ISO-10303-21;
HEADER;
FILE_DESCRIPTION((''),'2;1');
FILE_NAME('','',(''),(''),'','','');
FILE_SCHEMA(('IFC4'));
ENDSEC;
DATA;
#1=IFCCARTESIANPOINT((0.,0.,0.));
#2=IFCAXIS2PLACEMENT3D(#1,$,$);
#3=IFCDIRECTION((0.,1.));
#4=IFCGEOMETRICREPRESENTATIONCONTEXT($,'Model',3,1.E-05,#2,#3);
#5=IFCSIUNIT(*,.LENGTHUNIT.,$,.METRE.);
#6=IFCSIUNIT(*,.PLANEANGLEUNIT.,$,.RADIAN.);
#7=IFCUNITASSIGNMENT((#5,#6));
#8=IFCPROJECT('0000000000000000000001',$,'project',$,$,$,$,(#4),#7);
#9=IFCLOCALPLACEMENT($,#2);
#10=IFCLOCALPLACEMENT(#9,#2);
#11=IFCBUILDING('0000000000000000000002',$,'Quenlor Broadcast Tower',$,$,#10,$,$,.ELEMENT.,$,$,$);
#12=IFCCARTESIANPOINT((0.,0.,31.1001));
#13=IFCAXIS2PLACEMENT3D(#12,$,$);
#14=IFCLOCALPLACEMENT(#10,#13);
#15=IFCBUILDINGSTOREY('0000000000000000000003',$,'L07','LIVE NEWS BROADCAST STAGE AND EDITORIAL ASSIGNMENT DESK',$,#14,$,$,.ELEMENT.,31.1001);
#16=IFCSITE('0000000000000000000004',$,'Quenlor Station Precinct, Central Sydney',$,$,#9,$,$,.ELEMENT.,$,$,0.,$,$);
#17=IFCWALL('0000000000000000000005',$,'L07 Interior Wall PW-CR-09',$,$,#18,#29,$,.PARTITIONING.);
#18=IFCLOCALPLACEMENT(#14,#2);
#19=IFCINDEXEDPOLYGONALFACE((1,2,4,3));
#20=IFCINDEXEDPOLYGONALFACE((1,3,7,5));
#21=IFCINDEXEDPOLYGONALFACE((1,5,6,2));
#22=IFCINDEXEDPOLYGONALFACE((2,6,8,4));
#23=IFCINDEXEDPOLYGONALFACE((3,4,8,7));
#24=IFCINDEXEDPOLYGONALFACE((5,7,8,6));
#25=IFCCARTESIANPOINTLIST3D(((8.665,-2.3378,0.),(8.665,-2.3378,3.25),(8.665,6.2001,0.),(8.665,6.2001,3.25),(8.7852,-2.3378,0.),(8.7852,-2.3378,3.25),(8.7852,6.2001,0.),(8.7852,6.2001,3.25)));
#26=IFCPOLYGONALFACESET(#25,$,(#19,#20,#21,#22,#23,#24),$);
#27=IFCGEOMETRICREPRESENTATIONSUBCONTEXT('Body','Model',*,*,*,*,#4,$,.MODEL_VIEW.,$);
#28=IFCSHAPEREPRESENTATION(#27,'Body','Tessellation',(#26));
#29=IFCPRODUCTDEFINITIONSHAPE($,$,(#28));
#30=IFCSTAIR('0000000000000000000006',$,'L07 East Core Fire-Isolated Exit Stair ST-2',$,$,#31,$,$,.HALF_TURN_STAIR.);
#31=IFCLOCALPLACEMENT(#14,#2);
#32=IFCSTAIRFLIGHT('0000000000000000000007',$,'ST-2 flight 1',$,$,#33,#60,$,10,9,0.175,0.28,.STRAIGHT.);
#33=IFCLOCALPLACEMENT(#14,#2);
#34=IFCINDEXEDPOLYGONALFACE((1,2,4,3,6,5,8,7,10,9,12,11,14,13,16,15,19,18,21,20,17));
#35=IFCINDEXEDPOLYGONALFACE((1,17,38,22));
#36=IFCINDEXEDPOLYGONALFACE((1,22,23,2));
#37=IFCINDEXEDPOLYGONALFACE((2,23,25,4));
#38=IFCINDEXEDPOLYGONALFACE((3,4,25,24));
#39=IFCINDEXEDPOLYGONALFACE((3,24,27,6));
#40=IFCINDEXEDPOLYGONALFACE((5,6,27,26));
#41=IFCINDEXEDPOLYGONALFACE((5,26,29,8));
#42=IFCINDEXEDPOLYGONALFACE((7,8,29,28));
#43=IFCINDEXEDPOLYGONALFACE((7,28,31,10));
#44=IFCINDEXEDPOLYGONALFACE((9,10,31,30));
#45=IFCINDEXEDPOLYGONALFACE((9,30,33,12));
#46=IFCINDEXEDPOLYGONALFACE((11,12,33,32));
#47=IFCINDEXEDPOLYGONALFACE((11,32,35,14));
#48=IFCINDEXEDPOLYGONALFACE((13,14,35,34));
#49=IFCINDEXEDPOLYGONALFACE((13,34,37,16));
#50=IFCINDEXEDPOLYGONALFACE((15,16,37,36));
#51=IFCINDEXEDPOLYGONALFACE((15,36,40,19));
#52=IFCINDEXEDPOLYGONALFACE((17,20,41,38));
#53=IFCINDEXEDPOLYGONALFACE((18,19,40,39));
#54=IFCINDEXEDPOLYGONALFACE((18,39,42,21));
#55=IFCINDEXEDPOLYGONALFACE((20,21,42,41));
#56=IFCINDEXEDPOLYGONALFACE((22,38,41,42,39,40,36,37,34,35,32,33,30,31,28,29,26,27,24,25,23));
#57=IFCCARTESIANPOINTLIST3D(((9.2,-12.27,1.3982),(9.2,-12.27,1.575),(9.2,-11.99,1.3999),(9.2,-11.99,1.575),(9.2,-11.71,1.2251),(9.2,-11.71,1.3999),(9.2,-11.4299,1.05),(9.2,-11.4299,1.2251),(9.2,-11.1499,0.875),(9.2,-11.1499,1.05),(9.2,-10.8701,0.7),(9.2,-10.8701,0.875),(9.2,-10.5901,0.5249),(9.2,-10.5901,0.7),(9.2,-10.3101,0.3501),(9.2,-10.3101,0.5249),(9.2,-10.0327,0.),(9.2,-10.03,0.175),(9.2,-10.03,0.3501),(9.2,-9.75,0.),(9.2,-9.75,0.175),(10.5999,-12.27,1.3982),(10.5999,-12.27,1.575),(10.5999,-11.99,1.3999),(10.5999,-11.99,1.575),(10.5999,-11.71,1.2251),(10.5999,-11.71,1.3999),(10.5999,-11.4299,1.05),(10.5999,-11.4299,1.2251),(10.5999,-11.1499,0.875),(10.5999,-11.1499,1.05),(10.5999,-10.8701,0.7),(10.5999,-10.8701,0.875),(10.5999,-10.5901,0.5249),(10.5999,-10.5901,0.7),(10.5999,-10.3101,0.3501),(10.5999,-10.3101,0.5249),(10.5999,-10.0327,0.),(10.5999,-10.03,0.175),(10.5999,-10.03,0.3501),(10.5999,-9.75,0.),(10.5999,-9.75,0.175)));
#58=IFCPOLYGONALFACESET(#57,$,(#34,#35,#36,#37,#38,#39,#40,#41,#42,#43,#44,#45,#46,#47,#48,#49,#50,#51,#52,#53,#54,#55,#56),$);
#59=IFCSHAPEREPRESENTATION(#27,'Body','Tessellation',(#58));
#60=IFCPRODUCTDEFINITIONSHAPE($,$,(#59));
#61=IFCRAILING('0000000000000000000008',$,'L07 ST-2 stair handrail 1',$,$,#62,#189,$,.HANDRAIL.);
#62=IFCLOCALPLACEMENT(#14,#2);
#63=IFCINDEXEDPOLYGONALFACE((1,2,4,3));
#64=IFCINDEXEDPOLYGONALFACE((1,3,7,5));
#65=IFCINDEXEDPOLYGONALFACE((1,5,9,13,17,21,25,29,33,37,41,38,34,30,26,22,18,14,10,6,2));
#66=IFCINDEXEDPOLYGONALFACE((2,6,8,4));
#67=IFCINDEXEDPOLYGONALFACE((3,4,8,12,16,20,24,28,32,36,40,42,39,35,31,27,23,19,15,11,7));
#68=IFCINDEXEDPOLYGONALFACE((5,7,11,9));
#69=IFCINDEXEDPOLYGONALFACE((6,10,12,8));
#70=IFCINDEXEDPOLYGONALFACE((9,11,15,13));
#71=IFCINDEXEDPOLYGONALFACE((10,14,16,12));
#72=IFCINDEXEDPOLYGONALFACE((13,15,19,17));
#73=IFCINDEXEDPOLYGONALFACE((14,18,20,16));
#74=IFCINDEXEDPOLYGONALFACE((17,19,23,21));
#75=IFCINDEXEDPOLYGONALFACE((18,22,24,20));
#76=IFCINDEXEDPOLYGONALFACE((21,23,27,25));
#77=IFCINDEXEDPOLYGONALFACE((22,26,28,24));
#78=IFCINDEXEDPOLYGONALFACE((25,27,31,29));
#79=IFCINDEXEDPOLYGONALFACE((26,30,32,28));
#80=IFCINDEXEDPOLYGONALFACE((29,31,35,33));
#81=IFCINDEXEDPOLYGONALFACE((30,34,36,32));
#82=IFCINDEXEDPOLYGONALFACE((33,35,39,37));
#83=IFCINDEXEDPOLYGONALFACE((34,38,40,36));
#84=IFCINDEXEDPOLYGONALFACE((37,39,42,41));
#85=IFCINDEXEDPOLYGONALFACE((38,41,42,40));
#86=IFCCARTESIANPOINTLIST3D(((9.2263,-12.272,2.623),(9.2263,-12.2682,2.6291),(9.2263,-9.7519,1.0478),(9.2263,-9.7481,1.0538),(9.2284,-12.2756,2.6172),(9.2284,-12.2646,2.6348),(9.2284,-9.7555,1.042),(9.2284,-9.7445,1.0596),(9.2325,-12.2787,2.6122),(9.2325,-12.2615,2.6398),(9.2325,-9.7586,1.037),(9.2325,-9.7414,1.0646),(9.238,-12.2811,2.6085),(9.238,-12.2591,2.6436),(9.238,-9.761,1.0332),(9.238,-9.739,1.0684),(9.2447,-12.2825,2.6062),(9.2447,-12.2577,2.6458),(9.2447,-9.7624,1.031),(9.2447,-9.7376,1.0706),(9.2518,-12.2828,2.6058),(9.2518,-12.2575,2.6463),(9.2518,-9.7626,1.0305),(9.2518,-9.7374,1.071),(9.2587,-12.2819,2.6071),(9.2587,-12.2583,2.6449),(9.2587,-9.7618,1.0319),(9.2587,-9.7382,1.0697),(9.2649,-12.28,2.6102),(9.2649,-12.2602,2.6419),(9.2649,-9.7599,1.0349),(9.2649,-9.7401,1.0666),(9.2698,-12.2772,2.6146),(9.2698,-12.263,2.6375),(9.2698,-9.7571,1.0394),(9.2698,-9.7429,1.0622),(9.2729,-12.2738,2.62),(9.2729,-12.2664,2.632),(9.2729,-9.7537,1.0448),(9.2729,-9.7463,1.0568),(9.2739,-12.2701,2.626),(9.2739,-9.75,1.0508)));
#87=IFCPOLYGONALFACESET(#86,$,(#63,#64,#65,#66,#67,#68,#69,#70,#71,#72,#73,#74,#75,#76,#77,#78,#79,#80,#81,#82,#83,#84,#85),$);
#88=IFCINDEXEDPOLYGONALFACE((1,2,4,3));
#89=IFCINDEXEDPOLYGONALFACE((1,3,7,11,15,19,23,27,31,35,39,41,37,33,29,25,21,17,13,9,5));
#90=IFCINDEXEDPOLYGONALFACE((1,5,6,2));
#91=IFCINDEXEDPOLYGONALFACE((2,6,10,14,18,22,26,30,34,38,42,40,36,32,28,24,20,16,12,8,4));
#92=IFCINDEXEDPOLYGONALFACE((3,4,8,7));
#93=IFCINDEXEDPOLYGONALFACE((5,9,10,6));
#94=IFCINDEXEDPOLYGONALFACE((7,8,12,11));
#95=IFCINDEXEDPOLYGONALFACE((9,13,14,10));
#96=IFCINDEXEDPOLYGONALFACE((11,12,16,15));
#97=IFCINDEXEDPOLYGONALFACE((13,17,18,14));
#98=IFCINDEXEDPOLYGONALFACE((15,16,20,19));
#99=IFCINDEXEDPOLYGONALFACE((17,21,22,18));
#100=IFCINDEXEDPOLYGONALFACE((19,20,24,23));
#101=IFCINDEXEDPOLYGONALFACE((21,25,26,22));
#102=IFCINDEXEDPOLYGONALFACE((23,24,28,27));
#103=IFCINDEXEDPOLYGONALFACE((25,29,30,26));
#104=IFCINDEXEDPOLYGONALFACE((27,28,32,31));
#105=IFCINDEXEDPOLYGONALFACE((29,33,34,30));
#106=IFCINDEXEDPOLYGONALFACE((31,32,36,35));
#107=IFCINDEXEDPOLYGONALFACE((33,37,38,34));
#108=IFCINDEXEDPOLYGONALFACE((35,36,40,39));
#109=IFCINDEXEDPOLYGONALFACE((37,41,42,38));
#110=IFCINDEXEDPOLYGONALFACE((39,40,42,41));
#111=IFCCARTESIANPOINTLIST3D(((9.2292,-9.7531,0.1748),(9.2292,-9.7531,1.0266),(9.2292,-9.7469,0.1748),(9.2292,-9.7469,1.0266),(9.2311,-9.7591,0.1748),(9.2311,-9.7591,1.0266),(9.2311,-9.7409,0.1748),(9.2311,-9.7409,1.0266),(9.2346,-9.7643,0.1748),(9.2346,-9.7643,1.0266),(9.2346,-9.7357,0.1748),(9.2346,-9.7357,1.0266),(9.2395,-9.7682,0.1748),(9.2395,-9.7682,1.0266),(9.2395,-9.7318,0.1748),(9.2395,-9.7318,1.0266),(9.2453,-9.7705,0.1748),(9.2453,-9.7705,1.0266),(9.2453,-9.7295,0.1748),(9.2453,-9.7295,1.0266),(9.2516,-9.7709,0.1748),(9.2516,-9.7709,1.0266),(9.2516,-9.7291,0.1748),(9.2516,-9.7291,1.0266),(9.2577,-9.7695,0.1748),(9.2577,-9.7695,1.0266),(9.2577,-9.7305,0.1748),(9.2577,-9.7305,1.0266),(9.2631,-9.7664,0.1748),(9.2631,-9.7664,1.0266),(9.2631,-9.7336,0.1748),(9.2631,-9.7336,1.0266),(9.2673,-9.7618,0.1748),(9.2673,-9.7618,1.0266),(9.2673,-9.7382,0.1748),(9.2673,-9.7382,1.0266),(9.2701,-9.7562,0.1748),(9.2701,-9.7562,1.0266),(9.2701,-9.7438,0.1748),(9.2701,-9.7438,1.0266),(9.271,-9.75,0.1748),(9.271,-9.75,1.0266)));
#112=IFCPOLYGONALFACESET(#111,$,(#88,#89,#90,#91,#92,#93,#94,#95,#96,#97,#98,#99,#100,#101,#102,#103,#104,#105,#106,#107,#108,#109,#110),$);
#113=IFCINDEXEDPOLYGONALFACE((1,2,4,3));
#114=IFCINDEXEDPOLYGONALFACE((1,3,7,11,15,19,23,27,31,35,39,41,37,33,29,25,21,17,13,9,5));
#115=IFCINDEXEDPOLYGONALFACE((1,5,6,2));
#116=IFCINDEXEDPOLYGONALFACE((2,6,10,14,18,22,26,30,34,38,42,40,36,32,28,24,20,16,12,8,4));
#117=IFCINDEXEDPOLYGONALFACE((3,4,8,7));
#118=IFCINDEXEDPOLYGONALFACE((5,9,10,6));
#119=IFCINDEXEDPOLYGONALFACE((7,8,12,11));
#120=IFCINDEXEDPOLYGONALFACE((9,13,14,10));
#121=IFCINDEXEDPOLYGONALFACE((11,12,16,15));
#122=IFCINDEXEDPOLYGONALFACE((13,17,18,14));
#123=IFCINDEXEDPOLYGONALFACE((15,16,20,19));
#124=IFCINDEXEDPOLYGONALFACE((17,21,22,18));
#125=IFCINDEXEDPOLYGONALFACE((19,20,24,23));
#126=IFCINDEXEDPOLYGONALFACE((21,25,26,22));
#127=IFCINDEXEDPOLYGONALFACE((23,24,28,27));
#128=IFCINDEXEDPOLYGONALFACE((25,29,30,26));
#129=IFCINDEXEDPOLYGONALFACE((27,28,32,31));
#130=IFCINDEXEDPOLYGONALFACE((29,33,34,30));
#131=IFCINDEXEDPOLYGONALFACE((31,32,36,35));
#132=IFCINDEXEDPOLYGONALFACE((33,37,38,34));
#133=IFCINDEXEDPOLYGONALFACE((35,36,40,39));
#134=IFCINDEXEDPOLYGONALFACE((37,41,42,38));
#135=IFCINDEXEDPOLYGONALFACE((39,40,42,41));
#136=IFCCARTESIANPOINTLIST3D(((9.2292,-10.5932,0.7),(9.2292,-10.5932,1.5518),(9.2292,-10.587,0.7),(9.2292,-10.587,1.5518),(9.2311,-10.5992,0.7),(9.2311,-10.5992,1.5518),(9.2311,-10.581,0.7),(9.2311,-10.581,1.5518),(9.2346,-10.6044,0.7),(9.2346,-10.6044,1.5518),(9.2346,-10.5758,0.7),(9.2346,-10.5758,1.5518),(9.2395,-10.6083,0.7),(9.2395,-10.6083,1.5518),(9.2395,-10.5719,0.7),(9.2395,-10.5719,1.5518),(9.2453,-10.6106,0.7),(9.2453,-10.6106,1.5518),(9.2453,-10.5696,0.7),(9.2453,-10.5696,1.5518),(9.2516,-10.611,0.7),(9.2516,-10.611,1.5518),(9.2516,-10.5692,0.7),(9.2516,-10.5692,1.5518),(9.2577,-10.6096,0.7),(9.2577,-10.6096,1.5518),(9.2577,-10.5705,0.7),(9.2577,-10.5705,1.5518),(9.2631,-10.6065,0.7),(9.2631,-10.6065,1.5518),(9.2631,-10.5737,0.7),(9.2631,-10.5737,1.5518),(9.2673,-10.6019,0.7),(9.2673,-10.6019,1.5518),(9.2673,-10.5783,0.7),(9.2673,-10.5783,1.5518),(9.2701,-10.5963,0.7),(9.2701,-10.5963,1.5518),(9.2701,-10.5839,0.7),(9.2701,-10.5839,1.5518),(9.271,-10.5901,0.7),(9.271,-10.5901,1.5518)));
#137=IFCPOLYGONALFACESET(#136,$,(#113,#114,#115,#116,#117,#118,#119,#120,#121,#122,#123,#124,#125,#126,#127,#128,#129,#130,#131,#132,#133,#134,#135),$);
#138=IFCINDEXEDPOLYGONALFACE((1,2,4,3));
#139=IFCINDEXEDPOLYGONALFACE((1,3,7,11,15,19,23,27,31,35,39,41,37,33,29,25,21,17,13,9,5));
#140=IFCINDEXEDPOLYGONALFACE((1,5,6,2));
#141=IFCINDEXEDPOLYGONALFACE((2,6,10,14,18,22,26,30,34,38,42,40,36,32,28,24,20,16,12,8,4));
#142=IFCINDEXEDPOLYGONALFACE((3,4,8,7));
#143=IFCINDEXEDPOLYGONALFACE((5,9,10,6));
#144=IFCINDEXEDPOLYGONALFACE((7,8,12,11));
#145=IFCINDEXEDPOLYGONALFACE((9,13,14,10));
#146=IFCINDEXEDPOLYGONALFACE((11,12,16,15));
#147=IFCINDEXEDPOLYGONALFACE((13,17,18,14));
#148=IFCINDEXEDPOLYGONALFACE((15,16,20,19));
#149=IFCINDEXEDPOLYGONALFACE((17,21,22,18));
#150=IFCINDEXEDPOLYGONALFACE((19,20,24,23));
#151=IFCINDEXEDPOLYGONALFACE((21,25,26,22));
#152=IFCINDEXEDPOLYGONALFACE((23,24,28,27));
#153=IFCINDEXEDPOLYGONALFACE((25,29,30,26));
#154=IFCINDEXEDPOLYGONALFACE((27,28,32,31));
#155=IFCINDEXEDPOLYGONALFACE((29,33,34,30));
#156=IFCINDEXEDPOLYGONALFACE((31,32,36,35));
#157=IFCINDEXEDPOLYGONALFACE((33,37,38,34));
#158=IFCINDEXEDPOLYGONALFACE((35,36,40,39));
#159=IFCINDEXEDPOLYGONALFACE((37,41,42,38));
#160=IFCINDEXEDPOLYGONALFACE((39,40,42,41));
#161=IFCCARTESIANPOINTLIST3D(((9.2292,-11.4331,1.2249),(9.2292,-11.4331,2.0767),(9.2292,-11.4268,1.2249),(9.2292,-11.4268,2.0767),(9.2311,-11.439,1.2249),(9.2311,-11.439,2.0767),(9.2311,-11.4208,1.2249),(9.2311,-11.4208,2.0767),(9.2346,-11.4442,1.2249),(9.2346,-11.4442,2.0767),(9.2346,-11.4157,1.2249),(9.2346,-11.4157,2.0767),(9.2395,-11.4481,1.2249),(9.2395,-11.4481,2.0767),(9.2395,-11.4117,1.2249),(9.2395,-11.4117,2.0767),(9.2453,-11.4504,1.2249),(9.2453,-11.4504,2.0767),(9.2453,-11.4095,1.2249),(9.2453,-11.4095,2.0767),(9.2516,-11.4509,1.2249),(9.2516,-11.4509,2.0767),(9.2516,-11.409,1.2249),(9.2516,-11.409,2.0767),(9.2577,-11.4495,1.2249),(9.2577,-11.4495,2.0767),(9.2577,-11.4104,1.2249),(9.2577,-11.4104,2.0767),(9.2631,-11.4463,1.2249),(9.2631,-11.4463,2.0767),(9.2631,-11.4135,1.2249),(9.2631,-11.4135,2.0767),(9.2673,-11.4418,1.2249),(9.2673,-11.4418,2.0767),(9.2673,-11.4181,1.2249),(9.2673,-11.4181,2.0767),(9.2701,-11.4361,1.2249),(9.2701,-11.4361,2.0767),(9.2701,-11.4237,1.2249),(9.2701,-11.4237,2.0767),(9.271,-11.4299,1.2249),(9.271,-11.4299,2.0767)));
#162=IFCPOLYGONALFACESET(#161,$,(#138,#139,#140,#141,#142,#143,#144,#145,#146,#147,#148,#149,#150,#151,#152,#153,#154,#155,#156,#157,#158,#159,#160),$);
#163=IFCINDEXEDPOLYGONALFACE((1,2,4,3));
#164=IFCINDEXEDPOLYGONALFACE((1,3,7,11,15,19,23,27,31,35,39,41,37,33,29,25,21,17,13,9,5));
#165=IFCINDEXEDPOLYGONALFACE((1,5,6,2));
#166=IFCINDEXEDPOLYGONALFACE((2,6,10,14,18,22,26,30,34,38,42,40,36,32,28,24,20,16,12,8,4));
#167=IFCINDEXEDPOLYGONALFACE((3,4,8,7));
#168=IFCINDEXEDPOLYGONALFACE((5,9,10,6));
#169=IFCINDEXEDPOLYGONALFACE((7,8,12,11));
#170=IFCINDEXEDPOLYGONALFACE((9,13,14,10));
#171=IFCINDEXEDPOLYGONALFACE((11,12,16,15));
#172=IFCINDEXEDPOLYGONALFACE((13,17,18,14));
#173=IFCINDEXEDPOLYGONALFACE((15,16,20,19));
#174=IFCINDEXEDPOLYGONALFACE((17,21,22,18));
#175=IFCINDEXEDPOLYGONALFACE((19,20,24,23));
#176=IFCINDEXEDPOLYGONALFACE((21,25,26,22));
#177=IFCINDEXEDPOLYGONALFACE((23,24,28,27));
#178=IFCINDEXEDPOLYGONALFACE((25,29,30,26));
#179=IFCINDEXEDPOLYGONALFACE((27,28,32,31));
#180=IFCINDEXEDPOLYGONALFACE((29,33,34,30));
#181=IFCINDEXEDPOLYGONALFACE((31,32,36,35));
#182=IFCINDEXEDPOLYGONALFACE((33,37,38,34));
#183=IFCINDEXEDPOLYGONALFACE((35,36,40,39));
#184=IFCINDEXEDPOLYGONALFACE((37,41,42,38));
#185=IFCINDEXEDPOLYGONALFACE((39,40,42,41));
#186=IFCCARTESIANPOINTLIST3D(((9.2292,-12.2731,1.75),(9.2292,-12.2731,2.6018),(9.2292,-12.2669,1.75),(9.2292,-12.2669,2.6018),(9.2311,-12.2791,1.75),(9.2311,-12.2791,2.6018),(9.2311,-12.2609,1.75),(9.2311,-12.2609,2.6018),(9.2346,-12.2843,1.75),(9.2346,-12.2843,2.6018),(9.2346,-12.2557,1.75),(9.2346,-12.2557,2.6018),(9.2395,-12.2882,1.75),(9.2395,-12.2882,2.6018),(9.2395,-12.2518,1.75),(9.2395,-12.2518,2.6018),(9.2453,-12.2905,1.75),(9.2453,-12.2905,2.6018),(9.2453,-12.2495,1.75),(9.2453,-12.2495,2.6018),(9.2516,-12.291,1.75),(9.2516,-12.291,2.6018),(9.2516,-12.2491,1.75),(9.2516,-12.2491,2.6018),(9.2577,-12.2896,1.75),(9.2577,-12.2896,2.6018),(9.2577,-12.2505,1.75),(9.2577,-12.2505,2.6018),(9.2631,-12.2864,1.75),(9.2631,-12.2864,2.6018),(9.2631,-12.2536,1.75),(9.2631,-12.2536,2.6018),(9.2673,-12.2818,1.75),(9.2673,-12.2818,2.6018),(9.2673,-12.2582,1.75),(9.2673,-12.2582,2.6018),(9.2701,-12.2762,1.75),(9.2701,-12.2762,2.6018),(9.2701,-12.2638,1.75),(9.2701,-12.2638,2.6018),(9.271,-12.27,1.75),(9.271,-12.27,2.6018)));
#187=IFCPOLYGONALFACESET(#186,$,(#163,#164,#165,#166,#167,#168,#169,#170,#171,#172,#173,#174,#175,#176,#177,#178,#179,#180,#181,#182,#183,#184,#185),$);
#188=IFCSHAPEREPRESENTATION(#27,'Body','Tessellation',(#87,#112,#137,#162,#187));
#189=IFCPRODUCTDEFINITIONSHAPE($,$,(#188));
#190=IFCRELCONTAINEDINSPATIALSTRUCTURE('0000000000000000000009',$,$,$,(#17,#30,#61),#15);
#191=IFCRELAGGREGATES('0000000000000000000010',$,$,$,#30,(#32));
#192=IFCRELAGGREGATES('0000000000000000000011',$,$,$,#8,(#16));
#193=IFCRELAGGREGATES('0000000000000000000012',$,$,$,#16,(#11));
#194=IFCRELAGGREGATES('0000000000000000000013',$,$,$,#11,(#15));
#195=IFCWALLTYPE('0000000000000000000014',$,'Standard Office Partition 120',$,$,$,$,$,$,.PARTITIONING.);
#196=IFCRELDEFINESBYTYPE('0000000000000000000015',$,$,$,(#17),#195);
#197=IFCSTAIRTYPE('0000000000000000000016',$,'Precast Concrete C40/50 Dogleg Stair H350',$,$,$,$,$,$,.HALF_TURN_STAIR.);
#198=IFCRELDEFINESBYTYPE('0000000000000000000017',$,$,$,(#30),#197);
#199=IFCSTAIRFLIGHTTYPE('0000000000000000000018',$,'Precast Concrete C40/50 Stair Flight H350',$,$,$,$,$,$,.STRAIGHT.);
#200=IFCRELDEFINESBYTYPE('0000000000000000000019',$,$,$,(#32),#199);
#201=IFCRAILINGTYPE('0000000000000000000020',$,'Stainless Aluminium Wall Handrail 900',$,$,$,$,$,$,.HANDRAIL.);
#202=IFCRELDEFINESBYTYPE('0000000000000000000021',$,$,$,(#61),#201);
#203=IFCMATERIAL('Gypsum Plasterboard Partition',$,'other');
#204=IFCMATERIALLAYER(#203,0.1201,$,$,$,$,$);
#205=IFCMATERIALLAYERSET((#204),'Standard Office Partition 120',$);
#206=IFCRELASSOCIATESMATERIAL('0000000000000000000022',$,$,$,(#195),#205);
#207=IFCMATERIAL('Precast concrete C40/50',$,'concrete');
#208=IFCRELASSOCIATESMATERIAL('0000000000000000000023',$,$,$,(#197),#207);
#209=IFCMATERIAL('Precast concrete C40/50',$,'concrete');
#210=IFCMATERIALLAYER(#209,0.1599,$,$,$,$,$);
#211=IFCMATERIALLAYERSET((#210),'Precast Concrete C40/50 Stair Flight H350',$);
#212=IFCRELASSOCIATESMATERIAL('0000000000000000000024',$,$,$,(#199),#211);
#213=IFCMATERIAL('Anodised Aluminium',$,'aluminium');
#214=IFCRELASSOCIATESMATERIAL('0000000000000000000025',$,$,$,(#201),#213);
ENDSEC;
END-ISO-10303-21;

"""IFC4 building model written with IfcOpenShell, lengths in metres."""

from ifc_helpers import new_model, si_unit, direction, frame, frame_2d, origin, origin_2d, place, context, subcontext, project, spatial, polyline, rectangle, circle, outline, extrude, material, layer, layer_set, type_object, element, aggregate, save


model = new_model("IFC4")

# Units and contexts
model_context = context("Model", 3, precision=1e-05, world=origin(), true_north=direction((0.0, 1.0)))
body_context = subcontext(model_context, "Body", "Model", "MODEL_VIEW")
ifc_project = project(units=[si_unit("LENGTHUNIT", "METRE"), si_unit("PLANEANGLEUNIT", "RADIAN")], contexts=[model_context])

# Site, building, storey
site_placement = place(None, origin())
site = spatial("IfcSite", under=ifc_project, at=site_placement, Name="Quenlor Station Precinct, Central Sydney", CompositionType="ELEMENT", RefElevation=0.0)
building_placement = place(site_placement, origin())
building = spatial("IfcBuilding", under=site, at=building_placement, Name="Quenlor Broadcast Tower", CompositionType="ELEMENT")
storey_placement = place(building_placement, frame((0.0, 0.0, 31.1001)))
storey = spatial("IfcBuildingStorey", under=building, at=storey_placement, Name="L07", Description="LIVE NEWS BROADCAST STAGE AND EDITORIAL ASSIGNMENT DESK", CompositionType="ELEMENT", Elevation=31.1001)

# Wall
ifc_material_1 = material(Name="Gypsum Plasterboard Partition", Category="other")
ifc_layer_1 = layer(ifc_material_1, 0.1201)
ifc_layer_set_1 = layer_set([ifc_layer_1], Name="Standard Office Partition 120")
wall_type_1 = type_object("IfcWallType", Name="Standard Office Partition 120", PredefinedType="PARTITIONING", material=ifc_layer_set_1)
wall_1_placement = place(storey_placement, frame((8.7251, -2.3379, 0.0), z_axis=(0.0, 0.0, 1.0), x_axis=(0.0, 1.0, 0.0)))
element("IfcWall", 1, at=wall_1_placement, inside=storey, type_object=wall_type_1, Name="L07 Interior Wall PW-CR-09", PredefinedType="PARTITIONING", context=body_context, shape_type="SweptSolid", body=[
    extrude(rectangle(XDim=8.5378, YDim=0.1201, at=frame_2d((4.269, 0.0))), origin(), (0.0, 0.0, 1.0), 3.25),
])

# Stair, stair flight
ifc_material_2 = material(Name="Precast concrete C40/50", Category="concrete")
stair_type = type_object("IfcStairType", Name="Precast Concrete C40/50 Dogleg Stair H350", PredefinedType="HALF_TURN_STAIR", material=ifc_material_2)
stair_placement = place(storey_placement, origin())
stair = element("IfcStair", 2, at=stair_placement, inside=storey, type_object=stair_type, Name="L07 East Core Fire-Isolated Exit Stair ST-2", PredefinedType="HALF_TURN_STAIR")
ifc_material_3 = material(Name="Precast concrete C40/50", Category="concrete")
ifc_layer_2 = layer(ifc_material_3, 0.1599)
ifc_layer_set_2 = layer_set([ifc_layer_2], Name="Precast Concrete C40/50 Stair Flight H350")
stair_flight_type = type_object("IfcStairFlightType", Name="Precast Concrete C40/50 Stair Flight H350", PredefinedType="STRAIGHT", material=ifc_layer_set_2)
stair_flight_placement = place(storey_placement, frame((9.8999, -9.75, 0.0), z_axis=(0.0, 0.0, 1.0), x_axis=(0.0, -1.0, 0.0)))
stair_flight = element("IfcStairFlight", 3, at=stair_flight_placement, type_object=stair_flight_type, Name="ST-2 flight 1", NumberOfRisers=10, NumberOfTreads=9, PredefinedType="STRAIGHT", RiserHeight=0.175, TreadLength=0.28, context=body_context, shape_type="SweptSolid", body=[
    extrude(outline(polyline([(0.0, 0.0), (0.0, 0.175), (0.28, 0.175), (0.28, 0.3501), (0.5601, 0.3501), (0.5601, 0.5249), (0.8401, 0.5249), (0.8401, 0.7), (1.1201, 0.7), (1.1201, 0.875), (1.3999, 0.875), (1.3999, 1.05), (1.6799, 1.05), (1.6799, 1.2251), (1.96, 1.2251), (1.96, 1.3999), (2.24, 1.3999), (2.24, 1.575), (2.52, 1.575), (2.52, 1.75), (2.52, 1.3982), (0.2827, 0.0), (0.0, 0.0)])), frame((0.0, 0.7, 0.0), z_axis=(0.0, -1.0, 0.0), x_axis=(1.0, 0.0, 0.0)), (0.0, 0.0, 1.0), 1.3999),
])
aggregate(stair, [stair_flight])

# Railing
ifc_material_4 = material(Name="Anodised Aluminium", Category="aluminium")
railing_type = type_object("IfcRailingType", Name="Stainless Aluminium Wall Handrail 900", PredefinedType="HANDRAIL", material=ifc_material_4)
railing_placement = place(storey_placement, frame((9.25, -9.75, 0.1748)))
element("IfcRailing", 4, at=railing_placement, inside=storey, type_object=railing_type, Name="L07 ST-2 stair handrail 1", PredefinedType="HANDRAIL", context=body_context, shape_type="SweptSolid", body=[
    extrude(circle(Radius=0.0239, at=origin_2d()), frame((0.0, 0.0, 0.876), z_axis=(0.0, -0.847971, 0.530043), x_axis=(1.0, 0.0, 0.0)), (0.0, 0.0, 1.0), 2.9719),
    extrude(circle(Radius=0.021, at=origin_2d()), origin(), (0.0, 0.0, 1.0), 0.8518),
    extrude(circle(Radius=0.021, at=origin_2d()), frame((0.0, -0.8401, 0.5251)), (0.0, 0.0, 1.0), 0.8518),
    extrude(circle(Radius=0.021, at=origin_2d()), frame((0.0, -1.6799, 1.05)), (0.0, 0.0, 1.0), 0.8518),
    extrude(circle(Radius=0.021, at=origin_2d()), frame((0.0, -2.52, 1.5752)), (0.0, 0.0, 1.0), 0.8518),
])

save(model, "model.ifc")
